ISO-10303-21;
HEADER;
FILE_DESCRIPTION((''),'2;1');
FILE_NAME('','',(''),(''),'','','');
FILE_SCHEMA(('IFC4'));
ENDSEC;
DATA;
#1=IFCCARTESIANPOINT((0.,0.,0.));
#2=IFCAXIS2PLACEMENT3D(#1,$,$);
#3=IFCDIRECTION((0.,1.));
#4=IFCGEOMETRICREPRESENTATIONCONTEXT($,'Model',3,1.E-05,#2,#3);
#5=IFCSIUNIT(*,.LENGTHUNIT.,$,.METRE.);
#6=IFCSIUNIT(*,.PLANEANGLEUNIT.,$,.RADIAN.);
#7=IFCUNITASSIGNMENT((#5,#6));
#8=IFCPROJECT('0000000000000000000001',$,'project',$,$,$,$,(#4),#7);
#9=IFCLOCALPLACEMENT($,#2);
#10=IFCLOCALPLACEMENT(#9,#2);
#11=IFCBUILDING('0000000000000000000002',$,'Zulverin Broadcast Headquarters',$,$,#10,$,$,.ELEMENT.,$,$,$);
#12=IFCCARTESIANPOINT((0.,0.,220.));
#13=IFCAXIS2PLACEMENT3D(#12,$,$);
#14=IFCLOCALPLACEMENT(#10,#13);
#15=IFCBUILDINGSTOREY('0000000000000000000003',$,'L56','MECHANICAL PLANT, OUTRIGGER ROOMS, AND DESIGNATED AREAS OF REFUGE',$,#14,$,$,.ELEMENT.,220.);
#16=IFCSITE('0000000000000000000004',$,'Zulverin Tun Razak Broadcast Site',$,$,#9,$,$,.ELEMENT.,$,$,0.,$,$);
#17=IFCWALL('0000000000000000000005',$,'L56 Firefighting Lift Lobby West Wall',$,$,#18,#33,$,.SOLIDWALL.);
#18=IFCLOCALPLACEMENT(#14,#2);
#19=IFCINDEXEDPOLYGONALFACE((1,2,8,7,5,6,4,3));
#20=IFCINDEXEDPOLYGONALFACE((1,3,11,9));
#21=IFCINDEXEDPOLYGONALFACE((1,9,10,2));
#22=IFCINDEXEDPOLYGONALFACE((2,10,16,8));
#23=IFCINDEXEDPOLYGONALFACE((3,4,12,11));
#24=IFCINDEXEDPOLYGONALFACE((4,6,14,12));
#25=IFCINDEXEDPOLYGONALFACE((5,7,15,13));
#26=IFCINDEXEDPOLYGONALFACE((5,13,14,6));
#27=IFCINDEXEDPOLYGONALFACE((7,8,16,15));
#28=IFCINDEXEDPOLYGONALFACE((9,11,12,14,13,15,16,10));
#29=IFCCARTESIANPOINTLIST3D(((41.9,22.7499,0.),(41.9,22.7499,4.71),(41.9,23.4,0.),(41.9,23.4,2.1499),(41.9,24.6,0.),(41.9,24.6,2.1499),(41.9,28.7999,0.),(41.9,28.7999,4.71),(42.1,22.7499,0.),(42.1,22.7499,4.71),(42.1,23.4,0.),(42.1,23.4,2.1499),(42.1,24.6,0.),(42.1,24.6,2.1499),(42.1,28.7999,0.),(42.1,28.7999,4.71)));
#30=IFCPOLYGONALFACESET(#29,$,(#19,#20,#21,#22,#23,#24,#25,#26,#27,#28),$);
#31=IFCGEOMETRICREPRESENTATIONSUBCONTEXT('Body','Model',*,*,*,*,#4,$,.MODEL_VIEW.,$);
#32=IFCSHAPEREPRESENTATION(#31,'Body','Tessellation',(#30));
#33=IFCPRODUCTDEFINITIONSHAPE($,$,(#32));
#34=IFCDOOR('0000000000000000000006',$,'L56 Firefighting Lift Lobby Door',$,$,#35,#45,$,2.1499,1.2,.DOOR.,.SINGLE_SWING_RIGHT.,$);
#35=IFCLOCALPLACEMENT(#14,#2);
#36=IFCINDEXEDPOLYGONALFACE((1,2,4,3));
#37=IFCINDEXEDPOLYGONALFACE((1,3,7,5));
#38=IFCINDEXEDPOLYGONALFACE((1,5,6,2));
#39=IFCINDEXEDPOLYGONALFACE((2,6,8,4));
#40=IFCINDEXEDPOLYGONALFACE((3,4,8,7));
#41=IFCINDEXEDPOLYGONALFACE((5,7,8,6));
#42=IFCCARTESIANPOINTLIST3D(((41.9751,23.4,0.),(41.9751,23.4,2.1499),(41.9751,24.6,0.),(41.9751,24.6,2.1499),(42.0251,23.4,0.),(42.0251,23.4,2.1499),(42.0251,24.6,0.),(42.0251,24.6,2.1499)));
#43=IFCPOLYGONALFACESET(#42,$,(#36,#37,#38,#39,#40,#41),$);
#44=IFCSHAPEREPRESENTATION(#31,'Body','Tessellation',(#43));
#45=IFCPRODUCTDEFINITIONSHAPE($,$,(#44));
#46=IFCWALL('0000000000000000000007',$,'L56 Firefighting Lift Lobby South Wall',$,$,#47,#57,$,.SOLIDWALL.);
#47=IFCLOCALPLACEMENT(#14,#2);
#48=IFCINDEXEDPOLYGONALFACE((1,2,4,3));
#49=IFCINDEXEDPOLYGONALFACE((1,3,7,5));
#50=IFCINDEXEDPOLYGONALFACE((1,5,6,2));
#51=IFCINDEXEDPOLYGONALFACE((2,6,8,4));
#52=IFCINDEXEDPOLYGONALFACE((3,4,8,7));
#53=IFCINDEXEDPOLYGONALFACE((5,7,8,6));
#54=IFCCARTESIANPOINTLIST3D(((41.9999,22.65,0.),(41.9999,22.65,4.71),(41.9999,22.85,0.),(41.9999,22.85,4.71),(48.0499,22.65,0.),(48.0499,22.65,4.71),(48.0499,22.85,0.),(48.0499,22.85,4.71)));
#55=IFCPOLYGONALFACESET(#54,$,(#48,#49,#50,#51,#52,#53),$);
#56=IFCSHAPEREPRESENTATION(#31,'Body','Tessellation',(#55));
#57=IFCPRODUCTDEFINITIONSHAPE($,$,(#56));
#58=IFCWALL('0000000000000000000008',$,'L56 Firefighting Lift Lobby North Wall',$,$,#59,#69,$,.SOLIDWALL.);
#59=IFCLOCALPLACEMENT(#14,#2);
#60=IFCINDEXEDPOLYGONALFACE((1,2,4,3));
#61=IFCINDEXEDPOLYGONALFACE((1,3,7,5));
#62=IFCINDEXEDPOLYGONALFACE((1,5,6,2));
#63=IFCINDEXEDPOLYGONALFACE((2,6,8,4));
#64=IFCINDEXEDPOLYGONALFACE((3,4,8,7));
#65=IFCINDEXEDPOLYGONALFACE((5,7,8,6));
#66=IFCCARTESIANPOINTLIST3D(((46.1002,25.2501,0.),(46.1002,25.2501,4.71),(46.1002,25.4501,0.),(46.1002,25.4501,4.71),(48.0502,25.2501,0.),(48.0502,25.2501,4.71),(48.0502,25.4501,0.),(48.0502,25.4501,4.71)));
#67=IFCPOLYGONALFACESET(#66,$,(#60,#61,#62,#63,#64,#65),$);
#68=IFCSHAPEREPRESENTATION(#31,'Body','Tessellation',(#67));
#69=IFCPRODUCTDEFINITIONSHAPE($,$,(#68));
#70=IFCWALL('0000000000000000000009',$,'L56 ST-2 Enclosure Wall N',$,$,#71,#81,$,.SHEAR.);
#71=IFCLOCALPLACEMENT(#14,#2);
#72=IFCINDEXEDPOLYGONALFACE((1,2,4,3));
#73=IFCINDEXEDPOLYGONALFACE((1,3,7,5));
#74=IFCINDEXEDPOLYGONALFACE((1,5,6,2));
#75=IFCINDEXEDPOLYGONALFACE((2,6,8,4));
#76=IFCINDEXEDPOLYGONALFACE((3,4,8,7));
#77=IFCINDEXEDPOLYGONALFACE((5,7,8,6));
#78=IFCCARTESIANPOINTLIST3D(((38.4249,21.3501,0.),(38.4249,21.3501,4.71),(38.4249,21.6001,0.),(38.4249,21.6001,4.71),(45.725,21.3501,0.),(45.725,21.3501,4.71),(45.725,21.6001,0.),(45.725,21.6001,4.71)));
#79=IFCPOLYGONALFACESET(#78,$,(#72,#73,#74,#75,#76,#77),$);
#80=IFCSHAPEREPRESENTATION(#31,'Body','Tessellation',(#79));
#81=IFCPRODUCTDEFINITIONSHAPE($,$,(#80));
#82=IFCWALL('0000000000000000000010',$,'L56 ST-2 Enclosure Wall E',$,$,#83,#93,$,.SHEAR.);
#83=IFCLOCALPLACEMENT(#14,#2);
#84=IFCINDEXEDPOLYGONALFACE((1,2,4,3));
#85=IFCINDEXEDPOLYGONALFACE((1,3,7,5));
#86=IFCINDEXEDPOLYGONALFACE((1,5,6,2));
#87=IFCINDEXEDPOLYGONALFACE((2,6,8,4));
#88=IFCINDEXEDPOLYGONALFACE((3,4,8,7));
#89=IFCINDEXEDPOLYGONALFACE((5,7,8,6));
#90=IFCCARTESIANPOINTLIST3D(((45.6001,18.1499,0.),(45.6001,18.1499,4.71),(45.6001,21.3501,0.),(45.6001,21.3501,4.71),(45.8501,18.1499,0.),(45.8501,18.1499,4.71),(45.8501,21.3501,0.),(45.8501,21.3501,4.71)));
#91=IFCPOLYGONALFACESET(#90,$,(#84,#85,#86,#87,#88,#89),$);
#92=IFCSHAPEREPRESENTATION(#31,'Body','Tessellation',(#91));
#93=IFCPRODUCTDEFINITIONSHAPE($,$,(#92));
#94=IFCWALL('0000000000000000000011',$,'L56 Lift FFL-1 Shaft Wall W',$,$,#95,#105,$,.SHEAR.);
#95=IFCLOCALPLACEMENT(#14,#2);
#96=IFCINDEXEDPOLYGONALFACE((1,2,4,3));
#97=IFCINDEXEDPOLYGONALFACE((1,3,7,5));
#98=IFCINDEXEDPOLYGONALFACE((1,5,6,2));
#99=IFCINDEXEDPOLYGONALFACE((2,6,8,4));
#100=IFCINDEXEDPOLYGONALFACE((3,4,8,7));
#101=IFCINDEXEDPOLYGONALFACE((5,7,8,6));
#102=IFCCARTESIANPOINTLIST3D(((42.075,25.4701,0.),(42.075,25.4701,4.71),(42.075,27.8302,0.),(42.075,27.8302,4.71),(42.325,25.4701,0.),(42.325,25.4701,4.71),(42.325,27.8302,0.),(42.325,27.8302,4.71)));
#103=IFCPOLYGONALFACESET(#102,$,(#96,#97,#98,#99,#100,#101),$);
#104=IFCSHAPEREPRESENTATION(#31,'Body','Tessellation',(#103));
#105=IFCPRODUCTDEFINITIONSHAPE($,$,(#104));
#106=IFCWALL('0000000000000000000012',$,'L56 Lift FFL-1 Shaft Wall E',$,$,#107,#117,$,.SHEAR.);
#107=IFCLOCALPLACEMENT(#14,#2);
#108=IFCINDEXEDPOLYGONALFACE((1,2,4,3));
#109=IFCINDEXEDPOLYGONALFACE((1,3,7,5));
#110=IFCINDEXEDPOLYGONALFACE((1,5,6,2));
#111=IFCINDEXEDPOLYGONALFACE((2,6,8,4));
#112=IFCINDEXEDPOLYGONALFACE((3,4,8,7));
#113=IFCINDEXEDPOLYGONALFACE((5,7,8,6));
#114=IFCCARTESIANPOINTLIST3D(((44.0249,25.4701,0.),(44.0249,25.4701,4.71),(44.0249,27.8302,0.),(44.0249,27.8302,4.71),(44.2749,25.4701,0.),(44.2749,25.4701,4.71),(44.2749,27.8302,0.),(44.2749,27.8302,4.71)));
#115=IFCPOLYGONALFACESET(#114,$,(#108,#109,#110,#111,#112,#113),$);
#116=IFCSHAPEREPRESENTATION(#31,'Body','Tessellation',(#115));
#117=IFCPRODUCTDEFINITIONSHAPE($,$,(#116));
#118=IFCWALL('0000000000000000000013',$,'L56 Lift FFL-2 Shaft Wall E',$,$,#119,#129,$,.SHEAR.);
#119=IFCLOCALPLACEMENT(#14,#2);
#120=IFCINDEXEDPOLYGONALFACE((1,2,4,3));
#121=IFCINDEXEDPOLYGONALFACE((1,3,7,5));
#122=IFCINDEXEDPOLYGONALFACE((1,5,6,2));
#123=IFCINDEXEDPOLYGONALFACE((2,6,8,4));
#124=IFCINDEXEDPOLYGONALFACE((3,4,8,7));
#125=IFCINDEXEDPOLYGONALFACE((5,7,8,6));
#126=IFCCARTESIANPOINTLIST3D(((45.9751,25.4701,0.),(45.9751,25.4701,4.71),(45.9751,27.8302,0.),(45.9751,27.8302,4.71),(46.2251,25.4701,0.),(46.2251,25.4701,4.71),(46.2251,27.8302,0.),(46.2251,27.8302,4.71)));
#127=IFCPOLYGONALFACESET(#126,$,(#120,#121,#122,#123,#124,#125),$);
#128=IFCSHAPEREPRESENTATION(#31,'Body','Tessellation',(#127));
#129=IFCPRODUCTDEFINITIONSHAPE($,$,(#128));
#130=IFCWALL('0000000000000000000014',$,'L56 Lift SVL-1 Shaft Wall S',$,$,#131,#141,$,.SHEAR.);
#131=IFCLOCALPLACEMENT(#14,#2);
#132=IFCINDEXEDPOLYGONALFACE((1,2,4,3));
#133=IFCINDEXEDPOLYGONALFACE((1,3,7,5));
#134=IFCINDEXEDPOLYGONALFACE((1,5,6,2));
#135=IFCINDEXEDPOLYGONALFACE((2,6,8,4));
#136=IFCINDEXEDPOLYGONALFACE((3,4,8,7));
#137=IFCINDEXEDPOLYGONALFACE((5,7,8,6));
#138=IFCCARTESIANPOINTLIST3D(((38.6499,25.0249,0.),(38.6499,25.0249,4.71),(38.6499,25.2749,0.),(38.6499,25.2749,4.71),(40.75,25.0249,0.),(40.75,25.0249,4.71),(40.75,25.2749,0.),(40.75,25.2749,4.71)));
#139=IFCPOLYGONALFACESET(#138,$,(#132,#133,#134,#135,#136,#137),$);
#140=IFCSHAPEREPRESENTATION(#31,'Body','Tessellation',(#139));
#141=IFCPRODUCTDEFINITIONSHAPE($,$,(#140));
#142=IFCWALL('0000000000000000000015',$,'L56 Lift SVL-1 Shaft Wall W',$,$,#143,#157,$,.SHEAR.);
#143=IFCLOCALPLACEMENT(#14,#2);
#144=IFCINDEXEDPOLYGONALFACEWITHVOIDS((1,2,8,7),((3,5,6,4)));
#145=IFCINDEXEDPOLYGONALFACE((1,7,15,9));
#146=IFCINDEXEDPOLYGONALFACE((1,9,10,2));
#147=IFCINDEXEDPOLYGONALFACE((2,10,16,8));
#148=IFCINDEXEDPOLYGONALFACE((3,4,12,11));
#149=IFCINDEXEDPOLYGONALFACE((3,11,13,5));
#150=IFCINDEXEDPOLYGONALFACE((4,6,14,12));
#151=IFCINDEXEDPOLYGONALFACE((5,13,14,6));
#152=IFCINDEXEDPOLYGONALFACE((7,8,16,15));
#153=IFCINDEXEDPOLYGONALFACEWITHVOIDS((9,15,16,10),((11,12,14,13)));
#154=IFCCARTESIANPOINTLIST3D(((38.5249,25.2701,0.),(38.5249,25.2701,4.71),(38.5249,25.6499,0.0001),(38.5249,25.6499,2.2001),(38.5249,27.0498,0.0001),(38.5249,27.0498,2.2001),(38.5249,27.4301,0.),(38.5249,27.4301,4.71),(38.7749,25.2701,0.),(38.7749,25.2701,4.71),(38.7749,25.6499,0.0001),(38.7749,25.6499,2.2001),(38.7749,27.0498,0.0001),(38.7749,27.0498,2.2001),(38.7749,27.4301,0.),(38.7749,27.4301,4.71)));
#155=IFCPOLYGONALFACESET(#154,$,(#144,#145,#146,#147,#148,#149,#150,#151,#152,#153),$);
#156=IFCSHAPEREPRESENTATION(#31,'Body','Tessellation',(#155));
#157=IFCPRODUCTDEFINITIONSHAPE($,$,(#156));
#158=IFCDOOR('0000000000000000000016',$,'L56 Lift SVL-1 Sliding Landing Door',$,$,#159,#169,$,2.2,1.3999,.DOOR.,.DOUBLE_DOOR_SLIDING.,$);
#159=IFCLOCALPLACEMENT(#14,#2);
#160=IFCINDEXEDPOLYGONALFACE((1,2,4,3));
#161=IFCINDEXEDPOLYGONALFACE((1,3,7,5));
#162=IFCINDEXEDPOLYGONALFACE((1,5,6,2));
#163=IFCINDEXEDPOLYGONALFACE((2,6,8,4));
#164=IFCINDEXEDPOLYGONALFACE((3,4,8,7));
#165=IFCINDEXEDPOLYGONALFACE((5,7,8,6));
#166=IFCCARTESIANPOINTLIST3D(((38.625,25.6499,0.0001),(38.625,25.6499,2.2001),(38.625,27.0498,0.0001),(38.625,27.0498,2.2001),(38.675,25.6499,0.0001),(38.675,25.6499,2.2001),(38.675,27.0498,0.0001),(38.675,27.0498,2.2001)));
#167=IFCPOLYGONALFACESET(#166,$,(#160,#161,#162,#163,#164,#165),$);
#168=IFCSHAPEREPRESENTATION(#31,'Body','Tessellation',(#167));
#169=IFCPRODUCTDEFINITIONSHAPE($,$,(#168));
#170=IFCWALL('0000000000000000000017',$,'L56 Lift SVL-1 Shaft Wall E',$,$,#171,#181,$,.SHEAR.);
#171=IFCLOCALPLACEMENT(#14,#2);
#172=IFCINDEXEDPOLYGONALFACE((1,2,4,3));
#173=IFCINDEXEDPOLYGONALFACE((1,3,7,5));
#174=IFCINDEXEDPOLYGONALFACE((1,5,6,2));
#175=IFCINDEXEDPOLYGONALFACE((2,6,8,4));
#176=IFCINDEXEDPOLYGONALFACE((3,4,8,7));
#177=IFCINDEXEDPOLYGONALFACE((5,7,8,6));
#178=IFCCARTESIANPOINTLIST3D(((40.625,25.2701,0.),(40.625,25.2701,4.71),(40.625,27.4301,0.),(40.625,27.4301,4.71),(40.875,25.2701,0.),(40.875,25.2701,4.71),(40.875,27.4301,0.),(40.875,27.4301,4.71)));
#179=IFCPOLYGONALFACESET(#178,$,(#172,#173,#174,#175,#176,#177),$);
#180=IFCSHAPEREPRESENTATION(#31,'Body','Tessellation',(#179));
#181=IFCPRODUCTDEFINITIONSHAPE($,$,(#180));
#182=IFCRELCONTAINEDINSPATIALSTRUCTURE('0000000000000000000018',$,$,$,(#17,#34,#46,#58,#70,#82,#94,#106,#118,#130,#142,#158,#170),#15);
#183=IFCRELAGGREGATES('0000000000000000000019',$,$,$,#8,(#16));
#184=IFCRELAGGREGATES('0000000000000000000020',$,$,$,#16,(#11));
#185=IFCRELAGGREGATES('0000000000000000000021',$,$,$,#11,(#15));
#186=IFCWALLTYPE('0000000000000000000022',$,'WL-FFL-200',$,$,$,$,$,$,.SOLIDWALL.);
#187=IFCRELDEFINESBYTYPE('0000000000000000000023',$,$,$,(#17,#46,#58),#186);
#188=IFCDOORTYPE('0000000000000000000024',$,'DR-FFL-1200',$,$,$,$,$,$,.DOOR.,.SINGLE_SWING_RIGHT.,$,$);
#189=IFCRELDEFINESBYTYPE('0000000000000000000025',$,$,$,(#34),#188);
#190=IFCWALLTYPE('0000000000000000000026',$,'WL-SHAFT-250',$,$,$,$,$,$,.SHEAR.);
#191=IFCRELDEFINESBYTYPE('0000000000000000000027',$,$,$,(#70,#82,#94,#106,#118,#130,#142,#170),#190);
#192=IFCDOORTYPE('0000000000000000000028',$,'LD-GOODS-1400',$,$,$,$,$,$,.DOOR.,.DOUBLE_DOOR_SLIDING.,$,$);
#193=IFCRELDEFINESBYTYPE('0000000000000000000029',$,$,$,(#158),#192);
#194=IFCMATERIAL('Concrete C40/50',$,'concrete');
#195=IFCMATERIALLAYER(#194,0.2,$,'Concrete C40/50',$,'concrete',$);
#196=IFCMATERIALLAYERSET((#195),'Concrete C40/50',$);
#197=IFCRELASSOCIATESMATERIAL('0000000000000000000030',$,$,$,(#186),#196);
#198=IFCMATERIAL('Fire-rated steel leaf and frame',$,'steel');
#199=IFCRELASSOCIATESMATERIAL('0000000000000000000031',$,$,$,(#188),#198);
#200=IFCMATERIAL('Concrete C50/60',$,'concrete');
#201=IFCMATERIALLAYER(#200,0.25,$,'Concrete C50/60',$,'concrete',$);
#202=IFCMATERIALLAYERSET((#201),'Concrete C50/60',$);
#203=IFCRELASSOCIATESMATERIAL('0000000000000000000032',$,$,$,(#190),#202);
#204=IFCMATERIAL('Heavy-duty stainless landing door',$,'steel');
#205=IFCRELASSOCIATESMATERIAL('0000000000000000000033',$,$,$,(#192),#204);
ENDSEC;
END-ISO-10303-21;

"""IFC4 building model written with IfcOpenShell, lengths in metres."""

from ifc_helpers import new_model, si_unit, direction, frame, frame_2d, origin, place, context, subcontext, project, spatial, rectangle, extrude, material, layer, layer_set, type_object, element, fill, save


model = new_model("IFC4")

# Units and contexts
model_context = context("Model", 3, precision=1e-05, world=origin(), true_north=direction((0.0, 1.0)))
body_context = subcontext(model_context, "Body", "Model", "MODEL_VIEW")
ifc_project = project(units=[si_unit("LENGTHUNIT", "METRE"), si_unit("PLANEANGLEUNIT", "RADIAN")], contexts=[model_context])

# Site, building, storey
site_placement = place(None, origin())
site = spatial("IfcSite", under=ifc_project, at=site_placement, Name="Zulverin Tun Razak Broadcast Site", CompositionType="ELEMENT", RefElevation=0.0)
building_placement = place(site_placement, origin())
building = spatial("IfcBuilding", under=site, at=building_placement, Name="Zulverin Broadcast Headquarters", CompositionType="ELEMENT")
storey_placement = place(building_placement, frame((0.0, 0.0, 220.0)))
storey = spatial("IfcBuildingStorey", under=building, at=storey_placement, Name="L56", Description="MECHANICAL PLANT, OUTRIGGER ROOMS, AND DESIGNATED AREAS OF REFUGE", CompositionType="ELEMENT", Elevation=220.0)

# Wall, opening, door
ifc_material_1 = material(Name="Concrete C40/50", Category="concrete")
ifc_layer_1 = layer(ifc_material_1, 0.2, Name="Concrete C40/50", Category="concrete")
ifc_layer_set_1 = layer_set([ifc_layer_1], Name="Concrete C40/50")
wall_type_1 = type_object("IfcWallType", Name="WL-FFL-200", PredefinedType="SOLIDWALL", material=ifc_layer_set_1)
wall_1_placement = place(storey_placement, frame((42.0, 22.75, 0.0), z_axis=(0.0, 0.0, 1.0), x_axis=(0.0, 1.0, 0.0)))
wall_1 = element("IfcWall", 1, at=wall_1_placement, inside=storey, type_object=wall_type_1, Name="L56 Firefighting Lift Lobby West Wall", PredefinedType="SOLIDWALL", context=body_context, shape_type="SweptSolid", body=[
    extrude(rectangle(XDim=6.05, YDim=0.2, at=frame_2d((3.0249, 0.0))), origin(), (0.0, 0.0, 1.0), 4.71),
])
opening_1_placement = place(wall_1_placement, frame((0.6499, 0.0, 0.0)))
opening_1 = element("IfcOpeningElement", 2, at=opening_1_placement, cuts=wall_1, PredefinedType="OPENING", context=body_context, shape_type="SweptSolid", body=[
    extrude(rectangle(XDim=1.2, YDim=2.1499, at=frame_2d((0.6001, 1.075))), frame((0.0, 0.1099, 0.0), z_axis=(0.0, -1.0, 0.0), x_axis=(1.0, 0.0, 0.0)), (0.0, 0.0, 1.0), 0.22),
])
ifc_material_2 = material(Name="Fire-rated steel leaf and frame", Category="steel")
door_type_1 = type_object("IfcDoorType", Name="DR-FFL-1200", OperationType="SINGLE_SWING_RIGHT", PredefinedType="DOOR", material=ifc_material_2)
door_1_placement = place(opening_1_placement, origin())
door_1 = element("IfcDoor", 3, at=door_1_placement, inside=storey, type_object=door_type_1, Name="L56 Firefighting Lift Lobby Door", OperationType="SINGLE_SWING_RIGHT", OverallHeight=2.1499, OverallWidth=1.2, PredefinedType="DOOR", context=body_context, shape_type="SweptSolid", body=[
    extrude(rectangle(XDim=1.2, YDim=2.1499, at=frame_2d((0.6001, 1.075))), frame((0.0, 0.0249, 0.0), z_axis=(0.0, -1.0, 0.0), x_axis=(1.0, 0.0, 0.0)), (0.0, 0.0, 1.0), 0.05),
])
fill(opening_1, door_1)

# Walls
wall_2_placement = place(storey_placement, frame((42.0, 22.75, 0.0), z_axis=(0.0, 0.0, 1.0), x_axis=(1.0, 0.0, 0.0)))
element("IfcWall", 4, at=wall_2_placement, inside=storey, type_object=wall_type_1, Name="L56 Firefighting Lift Lobby South Wall", PredefinedType="SOLIDWALL", context=body_context, shape_type="SweptSolid", body=[
    extrude(rectangle(XDim=6.05, YDim=0.2, at=frame_2d((3.0249, 0.0))), origin(), (0.0, 0.0, 1.0), 4.71),
])
wall_3_placement = place(storey_placement, frame((46.1001, 25.3501, 0.0), z_axis=(0.0, 0.0, 1.0), x_axis=(1.0, 0.0, 0.0)))
element("IfcWall", 5, at=wall_3_placement, inside=storey, type_object=wall_type_1, Name="L56 Firefighting Lift Lobby North Wall", PredefinedType="SOLIDWALL", context=body_context, shape_type="SweptSolid", body=[
    extrude(rectangle(XDim=1.95, YDim=0.2, at=frame_2d((0.9751, 0.0))), origin(), (0.0, 0.0, 1.0), 4.71),
])
ifc_material_3 = material(Name="Concrete C50/60", Category="concrete")
ifc_layer_2 = layer(ifc_material_3, 0.25, Name="Concrete C50/60", Category="concrete")
ifc_layer_set_2 = layer_set([ifc_layer_2], Name="Concrete C50/60")
wall_type_2 = type_object("IfcWallType", Name="WL-SHAFT-250", PredefinedType="SHEAR", material=ifc_layer_set_2)
wall_4_placement = place(storey_placement, frame((38.425, 21.4751, 0.0), z_axis=(0.0, 0.0, 1.0), x_axis=(1.0, 0.0, 0.0)))
element("IfcWall", 6, at=wall_4_placement, inside=storey, type_object=wall_type_2, Name="L56 ST-2 Enclosure Wall N", PredefinedType="SHEAR", context=body_context, shape_type="SweptSolid", body=[
    extrude(rectangle(XDim=7.3, YDim=0.25, at=frame_2d((3.6499, 0.0))), origin(), (0.0, 0.0, 1.0), 4.71),
])

# Wall
wall_5_placement = place(storey_placement, frame((45.7251, 18.1499, 0.0), z_axis=(0.0, 0.0, 1.0), x_axis=(0.0, 1.0, 0.0)))
element("IfcWall", 7, at=wall_5_placement, inside=storey, type_object=wall_type_2, Name="L56 ST-2 Enclosure Wall E", PredefinedType="SHEAR", context=body_context, shape_type="SweptSolid", body=[
    extrude(rectangle(XDim=3.2002, YDim=0.25, at=frame_2d((1.6001, 0.0))), origin(), (0.0, 0.0, 1.0), 4.71),
])

# Walls
for number, where, z_axis, x_axis, name in (
    (8, (42.2, 25.47, 0.0), (0.0, 0.0, 1.0), (0.0, 1.0, 0.0), "L56 Lift FFL-1 Shaft Wall W"),
    (9, (44.1499, 25.47, 0.0), (0.0, 0.0, 1.0), (0.0, 1.0, 0.0), "L56 Lift FFL-1 Shaft Wall E"),
):
    element("IfcWall", number, at=place(storey_placement, frame(where, z_axis=z_axis, x_axis=x_axis)), inside=storey, type_object=wall_type_2, Name=name, PredefinedType="SHEAR", context=body_context, shape_type="SweptSolid", body=[
        extrude(rectangle(XDim=2.3601, YDim=0.25, at=frame_2d((1.1802, 0.0))), origin(), (0.0, 0.0, 1.0), 4.71),
    ])

# Walls
wall_6_placement = place(storey_placement, frame((46.1001, 25.47, 0.0), z_axis=(0.0, 0.0, 1.0), x_axis=(0.0, 1.0, 0.0)))
element("IfcWall", 10, at=wall_6_placement, inside=storey, type_object=wall_type_2, Name="L56 Lift FFL-2 Shaft Wall E", PredefinedType="SHEAR", context=body_context, shape_type="SweptSolid", body=[
    extrude(rectangle(XDim=2.3601, YDim=0.25, at=frame_2d((1.1802, 0.0))), origin(), (0.0, 0.0, 1.0), 4.71),
])
wall_7_placement = place(storey_placement, frame((38.6499, 25.1499, 0.0), z_axis=(0.0, 0.0, 1.0), x_axis=(1.0, 0.0, 0.0)))
element("IfcWall", 11, at=wall_7_placement, inside=storey, type_object=wall_type_2, Name="L56 Lift SVL-1 Shaft Wall S", PredefinedType="SHEAR", context=body_context, shape_type="SweptSolid", body=[
    extrude(rectangle(XDim=2.1001, YDim=0.25, at=frame_2d((1.05, 0.0))), origin(), (0.0, 0.0, 1.0), 4.71),
])

# Wall, opening, door
wall_8_placement = place(storey_placement, frame((38.6499, 25.27, 0.0), z_axis=(0.0, 0.0, 1.0), x_axis=(0.0, 1.0, 0.0)))
wall_8 = element("IfcWall", 12, at=wall_8_placement, inside=storey, type_object=wall_type_2, Name="L56 Lift SVL-1 Shaft Wall W", PredefinedType="SHEAR", context=body_context, shape_type="SweptSolid", body=[
    extrude(rectangle(XDim=2.1599, YDim=0.25, at=frame_2d((1.0801, 0.0))), origin(), (0.0, 0.0, 1.0), 4.71),
])
opening_2_placement = place(wall_8_placement, frame((0.3799, 0.0, 0.0)))
opening_2 = element("IfcOpeningElement", 13, at=opening_2_placement, cuts=wall_8, PredefinedType="OPENING", context=body_context, shape_type="SweptSolid", body=[
    extrude(rectangle(XDim=1.3999, YDim=2.2, at=frame_2d((0.7, 1.1001))), frame((0.0, 0.135, 0.0), z_axis=(0.0, -1.0, 0.0), x_axis=(1.0, 0.0, 0.0)), (0.0, 0.0, 1.0), 0.27),
])
ifc_material_4 = material(Name="Heavy-duty stainless landing door", Category="steel")
door_type_2 = type_object("IfcDoorType", Name="LD-GOODS-1400", OperationType="DOUBLE_DOOR_SLIDING", PredefinedType="DOOR", material=ifc_material_4)
door_2_placement = place(opening_2_placement, origin())
door_2 = element("IfcDoor", 14, at=door_2_placement, inside=storey, type_object=door_type_2, Name="L56 Lift SVL-1 Sliding Landing Door", OperationType="DOUBLE_DOOR_SLIDING", OverallHeight=2.2, OverallWidth=1.3999, PredefinedType="DOOR", context=body_context, shape_type="SweptSolid", body=[
    extrude(rectangle(XDim=1.3999, YDim=2.2, at=frame_2d((0.7, 1.1001))), frame((0.0, 0.0249, 0.0), z_axis=(0.0, -1.0, 0.0), x_axis=(1.0, 0.0, 0.0)), (0.0, 0.0, 1.0), 0.05),
])
fill(opening_2, door_2)

# Wall
wall_9_placement = place(storey_placement, frame((40.75, 25.27, 0.0), z_axis=(0.0, 0.0, 1.0), x_axis=(0.0, 1.0, 0.0)))
element("IfcWall", 15, at=wall_9_placement, inside=storey, type_object=wall_type_2, Name="L56 Lift SVL-1 Shaft Wall E", PredefinedType="SHEAR", context=body_context, shape_type="SweptSolid", body=[
    extrude(rectangle(XDim=2.1599, YDim=0.25, at=frame_2d((1.0801, 0.0))), origin(), (0.0, 0.0, 1.0), 4.71),
])

save(model, "model.ifc")
